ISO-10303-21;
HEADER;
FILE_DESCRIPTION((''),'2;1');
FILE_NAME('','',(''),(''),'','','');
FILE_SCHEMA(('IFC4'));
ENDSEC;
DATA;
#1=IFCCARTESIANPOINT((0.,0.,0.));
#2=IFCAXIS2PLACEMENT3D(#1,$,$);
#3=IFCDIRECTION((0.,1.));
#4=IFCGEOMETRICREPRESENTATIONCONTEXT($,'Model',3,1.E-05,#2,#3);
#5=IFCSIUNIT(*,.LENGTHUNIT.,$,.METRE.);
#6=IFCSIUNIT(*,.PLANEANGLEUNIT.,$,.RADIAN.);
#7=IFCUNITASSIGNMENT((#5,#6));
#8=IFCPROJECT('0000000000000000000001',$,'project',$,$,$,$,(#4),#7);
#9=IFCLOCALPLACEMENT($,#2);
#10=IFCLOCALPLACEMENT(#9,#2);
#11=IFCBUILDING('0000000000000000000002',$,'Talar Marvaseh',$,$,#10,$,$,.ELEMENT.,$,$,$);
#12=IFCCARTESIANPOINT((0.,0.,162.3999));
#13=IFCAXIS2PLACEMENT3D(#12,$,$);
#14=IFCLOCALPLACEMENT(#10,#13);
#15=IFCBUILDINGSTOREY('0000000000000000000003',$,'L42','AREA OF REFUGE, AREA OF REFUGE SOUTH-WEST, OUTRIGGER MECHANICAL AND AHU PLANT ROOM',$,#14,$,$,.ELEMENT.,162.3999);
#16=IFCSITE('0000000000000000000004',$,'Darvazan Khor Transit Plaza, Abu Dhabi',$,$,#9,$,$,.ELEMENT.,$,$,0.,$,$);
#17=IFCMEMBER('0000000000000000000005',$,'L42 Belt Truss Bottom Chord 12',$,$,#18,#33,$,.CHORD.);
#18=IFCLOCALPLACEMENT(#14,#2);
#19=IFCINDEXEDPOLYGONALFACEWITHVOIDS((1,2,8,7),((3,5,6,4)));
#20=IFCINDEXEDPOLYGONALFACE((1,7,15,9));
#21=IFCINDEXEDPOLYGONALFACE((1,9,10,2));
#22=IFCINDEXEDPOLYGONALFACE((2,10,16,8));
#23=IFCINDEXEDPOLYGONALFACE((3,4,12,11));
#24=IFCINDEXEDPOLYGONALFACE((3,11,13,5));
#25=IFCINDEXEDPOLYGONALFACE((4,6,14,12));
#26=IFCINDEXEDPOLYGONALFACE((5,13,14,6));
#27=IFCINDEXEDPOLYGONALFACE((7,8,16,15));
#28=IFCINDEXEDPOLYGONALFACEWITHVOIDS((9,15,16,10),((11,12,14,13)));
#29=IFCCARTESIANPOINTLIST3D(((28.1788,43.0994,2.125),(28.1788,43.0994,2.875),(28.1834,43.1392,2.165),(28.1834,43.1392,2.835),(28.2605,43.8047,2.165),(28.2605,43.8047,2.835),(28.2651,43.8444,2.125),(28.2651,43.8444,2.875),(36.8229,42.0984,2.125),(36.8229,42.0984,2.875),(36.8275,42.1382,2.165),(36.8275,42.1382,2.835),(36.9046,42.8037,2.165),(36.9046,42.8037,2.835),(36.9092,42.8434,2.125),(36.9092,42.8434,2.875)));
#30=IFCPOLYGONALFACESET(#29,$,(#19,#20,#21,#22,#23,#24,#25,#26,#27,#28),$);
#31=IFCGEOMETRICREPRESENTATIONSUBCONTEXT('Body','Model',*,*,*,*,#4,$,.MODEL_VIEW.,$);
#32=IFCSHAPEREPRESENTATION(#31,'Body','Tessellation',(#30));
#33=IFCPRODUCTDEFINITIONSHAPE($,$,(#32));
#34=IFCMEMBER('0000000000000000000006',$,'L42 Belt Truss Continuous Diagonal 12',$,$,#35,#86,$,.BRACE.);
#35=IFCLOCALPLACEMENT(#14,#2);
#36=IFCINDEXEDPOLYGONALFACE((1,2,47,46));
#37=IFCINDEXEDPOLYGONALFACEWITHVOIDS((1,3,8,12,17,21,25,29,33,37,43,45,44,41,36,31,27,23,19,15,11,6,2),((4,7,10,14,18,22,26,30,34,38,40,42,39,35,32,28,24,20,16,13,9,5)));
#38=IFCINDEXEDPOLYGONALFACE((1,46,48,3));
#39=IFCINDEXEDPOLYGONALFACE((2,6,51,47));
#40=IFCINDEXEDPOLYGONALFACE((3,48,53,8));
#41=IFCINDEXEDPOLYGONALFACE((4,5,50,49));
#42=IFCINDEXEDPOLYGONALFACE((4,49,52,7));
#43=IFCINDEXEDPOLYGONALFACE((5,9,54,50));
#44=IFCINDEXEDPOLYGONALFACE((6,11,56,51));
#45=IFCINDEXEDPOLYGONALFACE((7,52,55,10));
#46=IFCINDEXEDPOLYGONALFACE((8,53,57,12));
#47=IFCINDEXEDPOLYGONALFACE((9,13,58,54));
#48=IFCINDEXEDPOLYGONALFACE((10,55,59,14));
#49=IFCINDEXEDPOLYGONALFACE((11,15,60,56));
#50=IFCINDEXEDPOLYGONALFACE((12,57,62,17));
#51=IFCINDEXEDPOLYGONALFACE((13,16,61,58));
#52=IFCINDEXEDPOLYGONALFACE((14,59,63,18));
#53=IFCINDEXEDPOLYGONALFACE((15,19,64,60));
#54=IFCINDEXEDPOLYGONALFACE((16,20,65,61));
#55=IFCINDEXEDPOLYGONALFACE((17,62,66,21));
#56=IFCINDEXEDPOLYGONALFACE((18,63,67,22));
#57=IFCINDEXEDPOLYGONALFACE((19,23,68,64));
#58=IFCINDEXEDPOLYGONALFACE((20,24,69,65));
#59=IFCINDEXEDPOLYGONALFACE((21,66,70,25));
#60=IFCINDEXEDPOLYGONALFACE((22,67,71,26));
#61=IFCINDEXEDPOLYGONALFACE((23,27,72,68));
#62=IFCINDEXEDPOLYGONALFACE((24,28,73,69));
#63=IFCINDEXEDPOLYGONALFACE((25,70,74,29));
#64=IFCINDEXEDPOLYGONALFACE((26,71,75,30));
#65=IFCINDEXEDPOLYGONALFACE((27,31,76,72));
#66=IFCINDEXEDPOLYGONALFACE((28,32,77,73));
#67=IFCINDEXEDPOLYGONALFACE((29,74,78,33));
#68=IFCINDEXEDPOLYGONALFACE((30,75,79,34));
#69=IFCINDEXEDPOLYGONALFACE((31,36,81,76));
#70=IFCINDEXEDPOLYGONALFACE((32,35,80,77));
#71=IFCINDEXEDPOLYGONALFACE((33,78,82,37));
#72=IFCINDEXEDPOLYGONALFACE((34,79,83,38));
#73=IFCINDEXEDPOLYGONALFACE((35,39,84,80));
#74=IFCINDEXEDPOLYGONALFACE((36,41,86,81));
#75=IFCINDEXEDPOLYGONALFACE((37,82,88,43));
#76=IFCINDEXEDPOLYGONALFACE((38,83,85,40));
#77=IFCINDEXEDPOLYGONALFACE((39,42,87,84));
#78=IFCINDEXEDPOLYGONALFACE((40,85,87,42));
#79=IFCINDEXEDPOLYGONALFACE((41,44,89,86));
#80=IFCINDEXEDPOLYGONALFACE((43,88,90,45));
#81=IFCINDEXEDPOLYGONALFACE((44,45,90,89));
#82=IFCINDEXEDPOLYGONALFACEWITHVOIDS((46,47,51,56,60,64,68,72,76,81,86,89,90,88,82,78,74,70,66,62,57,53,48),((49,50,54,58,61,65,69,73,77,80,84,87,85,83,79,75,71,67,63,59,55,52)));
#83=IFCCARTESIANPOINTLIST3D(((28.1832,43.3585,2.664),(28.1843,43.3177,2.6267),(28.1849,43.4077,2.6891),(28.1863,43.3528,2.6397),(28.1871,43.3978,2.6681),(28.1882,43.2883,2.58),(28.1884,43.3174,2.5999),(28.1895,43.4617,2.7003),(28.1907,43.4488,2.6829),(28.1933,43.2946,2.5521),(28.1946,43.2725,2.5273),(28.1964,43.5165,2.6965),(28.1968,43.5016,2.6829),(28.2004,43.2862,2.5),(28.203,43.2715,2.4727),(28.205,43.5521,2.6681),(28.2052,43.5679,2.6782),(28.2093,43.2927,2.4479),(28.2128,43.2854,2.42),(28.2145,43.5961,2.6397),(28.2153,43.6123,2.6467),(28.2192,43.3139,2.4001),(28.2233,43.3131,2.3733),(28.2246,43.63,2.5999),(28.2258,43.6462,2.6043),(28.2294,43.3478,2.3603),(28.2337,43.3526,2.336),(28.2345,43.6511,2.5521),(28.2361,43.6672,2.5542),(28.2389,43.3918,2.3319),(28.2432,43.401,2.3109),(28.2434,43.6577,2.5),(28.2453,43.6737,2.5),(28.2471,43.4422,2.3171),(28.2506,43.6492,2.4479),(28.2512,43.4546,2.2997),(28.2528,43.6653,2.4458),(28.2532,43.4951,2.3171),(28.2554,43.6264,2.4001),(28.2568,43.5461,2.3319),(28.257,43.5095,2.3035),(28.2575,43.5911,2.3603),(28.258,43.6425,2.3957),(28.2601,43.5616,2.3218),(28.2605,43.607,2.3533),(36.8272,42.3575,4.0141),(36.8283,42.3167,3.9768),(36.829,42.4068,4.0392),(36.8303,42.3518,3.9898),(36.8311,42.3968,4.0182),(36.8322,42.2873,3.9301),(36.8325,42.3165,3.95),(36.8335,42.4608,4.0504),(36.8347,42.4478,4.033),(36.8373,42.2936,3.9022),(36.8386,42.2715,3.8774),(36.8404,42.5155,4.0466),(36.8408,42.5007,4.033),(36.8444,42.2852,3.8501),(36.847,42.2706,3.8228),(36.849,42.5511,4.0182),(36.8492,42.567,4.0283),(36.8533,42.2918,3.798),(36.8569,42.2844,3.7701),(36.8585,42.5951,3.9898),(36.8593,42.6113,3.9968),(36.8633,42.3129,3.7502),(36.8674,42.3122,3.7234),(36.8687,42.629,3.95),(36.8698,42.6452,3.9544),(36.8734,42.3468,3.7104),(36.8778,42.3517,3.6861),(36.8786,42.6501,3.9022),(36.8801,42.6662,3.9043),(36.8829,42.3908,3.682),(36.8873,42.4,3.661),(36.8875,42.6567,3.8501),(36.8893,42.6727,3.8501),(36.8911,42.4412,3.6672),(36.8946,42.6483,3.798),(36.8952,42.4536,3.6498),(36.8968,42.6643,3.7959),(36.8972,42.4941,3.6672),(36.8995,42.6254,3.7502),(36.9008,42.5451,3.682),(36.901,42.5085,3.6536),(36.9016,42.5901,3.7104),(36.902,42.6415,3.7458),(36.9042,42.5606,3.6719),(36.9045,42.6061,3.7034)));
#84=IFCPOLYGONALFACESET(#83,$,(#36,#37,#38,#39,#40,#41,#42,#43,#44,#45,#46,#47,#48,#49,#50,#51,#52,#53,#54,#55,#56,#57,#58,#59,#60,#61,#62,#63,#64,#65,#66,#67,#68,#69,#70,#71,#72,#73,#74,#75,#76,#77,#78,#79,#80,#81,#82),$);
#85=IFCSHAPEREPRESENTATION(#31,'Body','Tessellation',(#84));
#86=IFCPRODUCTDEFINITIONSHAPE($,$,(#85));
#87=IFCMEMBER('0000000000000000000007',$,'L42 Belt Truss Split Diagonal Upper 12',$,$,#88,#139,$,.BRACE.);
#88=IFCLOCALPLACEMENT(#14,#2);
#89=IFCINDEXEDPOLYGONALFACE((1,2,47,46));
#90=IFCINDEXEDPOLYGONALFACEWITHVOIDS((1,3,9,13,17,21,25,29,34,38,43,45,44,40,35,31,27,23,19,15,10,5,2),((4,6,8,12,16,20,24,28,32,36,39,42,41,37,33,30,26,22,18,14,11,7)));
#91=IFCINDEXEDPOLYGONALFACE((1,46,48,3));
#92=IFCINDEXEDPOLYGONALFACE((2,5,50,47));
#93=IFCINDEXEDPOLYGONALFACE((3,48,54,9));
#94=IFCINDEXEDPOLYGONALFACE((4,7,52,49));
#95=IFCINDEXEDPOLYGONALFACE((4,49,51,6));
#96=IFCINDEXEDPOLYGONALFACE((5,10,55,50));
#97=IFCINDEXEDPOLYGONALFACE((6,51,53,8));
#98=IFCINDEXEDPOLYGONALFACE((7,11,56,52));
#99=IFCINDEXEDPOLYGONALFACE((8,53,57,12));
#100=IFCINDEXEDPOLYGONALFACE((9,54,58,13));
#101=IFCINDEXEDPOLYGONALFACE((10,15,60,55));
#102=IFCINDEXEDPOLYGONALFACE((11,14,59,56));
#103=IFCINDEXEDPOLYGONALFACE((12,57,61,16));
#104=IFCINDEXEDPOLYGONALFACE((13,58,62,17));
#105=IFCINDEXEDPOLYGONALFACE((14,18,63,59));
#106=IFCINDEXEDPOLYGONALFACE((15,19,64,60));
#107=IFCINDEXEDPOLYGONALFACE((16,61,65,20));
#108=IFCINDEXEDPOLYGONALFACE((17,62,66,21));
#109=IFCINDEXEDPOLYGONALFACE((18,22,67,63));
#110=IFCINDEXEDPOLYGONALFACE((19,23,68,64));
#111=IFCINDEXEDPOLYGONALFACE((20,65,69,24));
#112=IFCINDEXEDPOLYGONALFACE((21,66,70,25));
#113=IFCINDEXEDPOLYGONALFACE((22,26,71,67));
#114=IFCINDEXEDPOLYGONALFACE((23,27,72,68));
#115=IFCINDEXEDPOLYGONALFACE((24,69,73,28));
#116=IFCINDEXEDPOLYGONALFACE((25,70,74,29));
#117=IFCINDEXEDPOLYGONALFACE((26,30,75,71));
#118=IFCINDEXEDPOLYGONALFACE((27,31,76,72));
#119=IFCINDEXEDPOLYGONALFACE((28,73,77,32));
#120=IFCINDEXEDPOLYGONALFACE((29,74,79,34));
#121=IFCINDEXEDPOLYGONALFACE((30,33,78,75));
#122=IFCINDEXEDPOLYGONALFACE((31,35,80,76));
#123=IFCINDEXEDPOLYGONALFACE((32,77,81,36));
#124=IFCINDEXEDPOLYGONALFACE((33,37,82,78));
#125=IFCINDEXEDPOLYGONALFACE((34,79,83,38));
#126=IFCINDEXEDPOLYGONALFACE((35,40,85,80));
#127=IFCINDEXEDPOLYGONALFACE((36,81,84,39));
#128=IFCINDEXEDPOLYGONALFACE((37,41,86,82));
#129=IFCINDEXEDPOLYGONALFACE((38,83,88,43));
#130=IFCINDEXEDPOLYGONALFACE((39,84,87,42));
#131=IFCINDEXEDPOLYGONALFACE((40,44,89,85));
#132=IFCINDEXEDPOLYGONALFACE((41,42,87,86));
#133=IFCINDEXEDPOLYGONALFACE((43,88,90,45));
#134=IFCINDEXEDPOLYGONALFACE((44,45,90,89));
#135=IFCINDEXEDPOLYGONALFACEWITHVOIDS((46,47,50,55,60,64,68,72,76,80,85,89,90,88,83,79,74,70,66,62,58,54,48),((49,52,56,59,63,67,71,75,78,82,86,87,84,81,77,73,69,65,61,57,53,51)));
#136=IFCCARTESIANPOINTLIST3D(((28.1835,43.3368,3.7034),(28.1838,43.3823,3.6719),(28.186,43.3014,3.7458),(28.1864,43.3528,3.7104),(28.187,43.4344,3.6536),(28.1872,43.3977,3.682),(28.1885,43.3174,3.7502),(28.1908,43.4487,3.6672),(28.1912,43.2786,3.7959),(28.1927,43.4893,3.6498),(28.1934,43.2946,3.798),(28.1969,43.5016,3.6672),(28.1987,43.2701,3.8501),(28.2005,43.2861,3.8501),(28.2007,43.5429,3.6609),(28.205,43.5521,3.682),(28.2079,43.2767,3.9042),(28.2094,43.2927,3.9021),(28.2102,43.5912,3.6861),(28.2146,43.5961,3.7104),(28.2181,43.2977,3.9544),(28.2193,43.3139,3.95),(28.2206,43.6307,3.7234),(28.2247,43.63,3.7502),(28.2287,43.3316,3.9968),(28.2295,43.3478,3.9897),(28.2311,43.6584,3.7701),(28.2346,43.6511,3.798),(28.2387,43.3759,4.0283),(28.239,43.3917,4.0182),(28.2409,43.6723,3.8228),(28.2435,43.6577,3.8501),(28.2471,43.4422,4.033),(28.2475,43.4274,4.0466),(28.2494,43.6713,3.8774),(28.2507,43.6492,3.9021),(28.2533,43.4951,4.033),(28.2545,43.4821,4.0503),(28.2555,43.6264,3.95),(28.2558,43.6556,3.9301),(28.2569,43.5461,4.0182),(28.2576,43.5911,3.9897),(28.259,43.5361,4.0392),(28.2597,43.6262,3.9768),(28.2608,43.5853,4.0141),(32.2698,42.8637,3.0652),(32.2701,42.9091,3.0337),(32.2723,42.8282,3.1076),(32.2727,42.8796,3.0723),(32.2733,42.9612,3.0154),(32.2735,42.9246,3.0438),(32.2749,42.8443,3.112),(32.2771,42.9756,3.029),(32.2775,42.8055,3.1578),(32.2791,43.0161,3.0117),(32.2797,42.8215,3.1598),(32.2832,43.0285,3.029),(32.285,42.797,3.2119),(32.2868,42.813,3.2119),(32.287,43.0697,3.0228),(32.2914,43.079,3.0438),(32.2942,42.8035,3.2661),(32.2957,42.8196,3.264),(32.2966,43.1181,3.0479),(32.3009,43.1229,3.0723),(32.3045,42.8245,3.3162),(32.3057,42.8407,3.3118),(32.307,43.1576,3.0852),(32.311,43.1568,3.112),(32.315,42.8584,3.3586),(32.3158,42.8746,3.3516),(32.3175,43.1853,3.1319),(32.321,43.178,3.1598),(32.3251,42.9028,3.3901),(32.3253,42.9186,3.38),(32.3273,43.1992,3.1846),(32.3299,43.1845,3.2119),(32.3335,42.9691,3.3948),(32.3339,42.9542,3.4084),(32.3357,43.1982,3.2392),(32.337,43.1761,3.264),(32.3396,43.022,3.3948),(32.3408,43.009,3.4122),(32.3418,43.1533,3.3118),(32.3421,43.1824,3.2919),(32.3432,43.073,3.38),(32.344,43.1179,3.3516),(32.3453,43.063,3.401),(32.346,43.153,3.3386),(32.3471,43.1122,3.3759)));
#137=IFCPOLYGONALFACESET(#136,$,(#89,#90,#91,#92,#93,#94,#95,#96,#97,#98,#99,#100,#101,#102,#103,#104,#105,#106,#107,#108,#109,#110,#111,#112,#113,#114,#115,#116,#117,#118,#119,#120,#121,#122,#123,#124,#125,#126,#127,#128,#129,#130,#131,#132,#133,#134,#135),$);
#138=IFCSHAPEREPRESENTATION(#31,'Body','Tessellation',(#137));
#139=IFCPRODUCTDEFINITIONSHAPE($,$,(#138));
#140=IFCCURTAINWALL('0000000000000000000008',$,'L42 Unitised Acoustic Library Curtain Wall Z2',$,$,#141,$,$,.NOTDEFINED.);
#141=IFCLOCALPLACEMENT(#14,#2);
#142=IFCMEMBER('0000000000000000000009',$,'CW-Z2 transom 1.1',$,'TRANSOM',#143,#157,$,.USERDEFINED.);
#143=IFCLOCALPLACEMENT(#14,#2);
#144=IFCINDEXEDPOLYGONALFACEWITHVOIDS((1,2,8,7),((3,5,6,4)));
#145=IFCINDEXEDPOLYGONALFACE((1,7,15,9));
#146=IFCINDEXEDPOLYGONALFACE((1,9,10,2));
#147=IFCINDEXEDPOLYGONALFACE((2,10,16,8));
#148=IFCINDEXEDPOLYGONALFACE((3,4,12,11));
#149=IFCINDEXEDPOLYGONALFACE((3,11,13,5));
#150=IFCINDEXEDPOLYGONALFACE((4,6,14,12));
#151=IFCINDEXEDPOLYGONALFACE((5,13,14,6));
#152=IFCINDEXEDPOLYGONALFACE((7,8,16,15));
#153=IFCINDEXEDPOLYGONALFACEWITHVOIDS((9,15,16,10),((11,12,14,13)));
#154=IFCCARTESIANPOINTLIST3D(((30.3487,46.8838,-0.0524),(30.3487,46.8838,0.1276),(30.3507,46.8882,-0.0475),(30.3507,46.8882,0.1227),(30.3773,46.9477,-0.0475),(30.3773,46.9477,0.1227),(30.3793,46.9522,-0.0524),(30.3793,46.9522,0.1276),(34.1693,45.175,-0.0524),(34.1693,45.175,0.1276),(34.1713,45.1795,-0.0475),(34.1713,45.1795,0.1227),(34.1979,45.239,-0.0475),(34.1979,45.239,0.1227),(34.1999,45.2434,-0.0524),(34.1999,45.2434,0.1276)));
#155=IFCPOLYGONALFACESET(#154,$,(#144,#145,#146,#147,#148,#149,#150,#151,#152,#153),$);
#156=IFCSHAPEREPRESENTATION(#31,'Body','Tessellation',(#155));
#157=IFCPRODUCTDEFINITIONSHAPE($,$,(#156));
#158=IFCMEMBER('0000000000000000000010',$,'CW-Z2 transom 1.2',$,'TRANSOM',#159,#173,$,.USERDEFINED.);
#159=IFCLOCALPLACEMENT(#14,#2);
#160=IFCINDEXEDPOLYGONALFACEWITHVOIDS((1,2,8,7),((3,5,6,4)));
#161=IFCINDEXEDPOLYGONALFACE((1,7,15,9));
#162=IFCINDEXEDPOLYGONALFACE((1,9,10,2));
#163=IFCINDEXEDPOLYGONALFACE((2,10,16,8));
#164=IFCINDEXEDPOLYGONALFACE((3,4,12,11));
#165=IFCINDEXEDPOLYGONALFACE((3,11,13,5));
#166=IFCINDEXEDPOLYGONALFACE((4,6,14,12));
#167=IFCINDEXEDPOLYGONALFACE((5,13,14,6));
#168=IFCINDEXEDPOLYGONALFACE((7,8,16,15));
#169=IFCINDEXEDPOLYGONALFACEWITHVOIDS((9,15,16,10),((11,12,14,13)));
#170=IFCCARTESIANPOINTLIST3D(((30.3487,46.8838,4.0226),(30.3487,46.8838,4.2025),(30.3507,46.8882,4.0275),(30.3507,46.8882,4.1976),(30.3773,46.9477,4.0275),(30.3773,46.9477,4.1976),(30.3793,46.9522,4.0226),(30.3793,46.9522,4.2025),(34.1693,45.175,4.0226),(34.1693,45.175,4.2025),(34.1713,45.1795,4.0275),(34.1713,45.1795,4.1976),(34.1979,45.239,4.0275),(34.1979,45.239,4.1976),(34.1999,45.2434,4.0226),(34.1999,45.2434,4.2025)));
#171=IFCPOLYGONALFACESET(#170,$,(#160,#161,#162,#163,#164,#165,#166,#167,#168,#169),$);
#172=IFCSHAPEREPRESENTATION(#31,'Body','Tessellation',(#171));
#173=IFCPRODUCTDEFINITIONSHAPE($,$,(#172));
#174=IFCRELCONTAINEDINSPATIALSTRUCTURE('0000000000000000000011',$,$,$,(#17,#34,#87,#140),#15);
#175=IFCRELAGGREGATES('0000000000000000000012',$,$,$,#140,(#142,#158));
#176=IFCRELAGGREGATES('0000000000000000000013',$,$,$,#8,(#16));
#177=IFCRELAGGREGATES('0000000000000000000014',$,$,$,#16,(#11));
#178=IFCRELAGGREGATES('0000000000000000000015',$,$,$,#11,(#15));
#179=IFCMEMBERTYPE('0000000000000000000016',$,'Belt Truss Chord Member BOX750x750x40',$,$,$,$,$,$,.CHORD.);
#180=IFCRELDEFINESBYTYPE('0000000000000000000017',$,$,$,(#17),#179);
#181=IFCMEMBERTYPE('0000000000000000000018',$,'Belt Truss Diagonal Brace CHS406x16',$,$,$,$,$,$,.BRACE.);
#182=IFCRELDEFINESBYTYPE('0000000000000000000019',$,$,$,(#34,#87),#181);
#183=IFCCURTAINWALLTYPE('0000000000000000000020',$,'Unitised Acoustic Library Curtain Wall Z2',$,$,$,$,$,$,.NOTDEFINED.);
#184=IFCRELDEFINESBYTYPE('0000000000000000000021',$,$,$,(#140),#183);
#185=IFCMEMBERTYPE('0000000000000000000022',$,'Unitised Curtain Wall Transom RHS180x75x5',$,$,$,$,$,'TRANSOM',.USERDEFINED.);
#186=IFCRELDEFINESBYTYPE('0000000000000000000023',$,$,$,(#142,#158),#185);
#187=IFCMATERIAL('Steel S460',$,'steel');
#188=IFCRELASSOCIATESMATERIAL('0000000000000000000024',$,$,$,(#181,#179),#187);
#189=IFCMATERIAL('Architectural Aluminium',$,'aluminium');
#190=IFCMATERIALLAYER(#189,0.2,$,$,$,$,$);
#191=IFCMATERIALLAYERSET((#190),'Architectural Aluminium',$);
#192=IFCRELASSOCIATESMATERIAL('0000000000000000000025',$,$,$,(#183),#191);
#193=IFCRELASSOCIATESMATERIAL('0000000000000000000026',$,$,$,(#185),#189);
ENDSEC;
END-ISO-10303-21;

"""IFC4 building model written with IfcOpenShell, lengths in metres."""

from ifc_helpers import new_model, si_unit, direction, frame, origin, origin_2d, place, context, subcontext, project, spatial, hollow_rectangle, hollow_circle, extrude, source, transform, mapped, material, layer, layer_set, material_profile, profile_set, type_object, type_shapes, element, aggregate, save


model = new_model("IFC4")

# Units and contexts
model_context = context("Model", 3, precision=1e-05, world=origin(), true_north=direction((0.0, 1.0)))
body_context = subcontext(model_context, "Body", "Model", "MODEL_VIEW")
ifc_project = project(units=[si_unit("LENGTHUNIT", "METRE"), si_unit("PLANEANGLEUNIT", "RADIAN")], contexts=[model_context])

# Site, building, storey
site_placement = place(None, origin())
site = spatial("IfcSite", under=ifc_project, at=site_placement, Name="Darvazan Khor Transit Plaza, Abu Dhabi", CompositionType="ELEMENT", RefElevation=0.0)
building_placement = place(site_placement, origin())
building = spatial("IfcBuilding", under=site, at=building_placement, Name="Talar Marvaseh", CompositionType="ELEMENT")
storey_placement = place(building_placement, frame((0.0, 0.0, 162.3999)))
storey = spatial("IfcBuildingStorey", under=building, at=storey_placement, Name="L42", Description="AREA OF REFUGE, AREA OF REFUGE SOUTH-WEST, OUTRIGGER MECHANICAL AND AHU PLANT ROOM", CompositionType="ELEMENT", Elevation=162.3999)

# Members
ifc_material_1 = material(Name="Steel S460", Category="steel")
ifc_material_profile_1 = material_profile(ifc_material_1, hollow_circle(Radius=0.2031, WallThickness=0.0161, at=origin_2d()), Name="CHS406x16")
ifc_profile_set_1 = profile_set([ifc_material_profile_1], Name="Steel S460")
member_type_1 = type_object("IfcMemberType", Name="Belt Truss Diagonal Brace CHS406x16", PredefinedType="BRACE", material=ifc_profile_set_1)
ifc_material_profile_2 = material_profile(ifc_material_1, hollow_rectangle(XDim=0.75, YDim=0.75, WallThickness=0.04, at=origin_2d()), Name="BOX750x750x40")
ifc_profile_set_2 = profile_set([ifc_material_profile_2], Name="Steel S460")
member_type_2 = type_object("IfcMemberType", Name="Belt Truss Chord Member BOX750x750x40", PredefinedType="CHORD", material=ifc_profile_set_2)
shared_shape_1 = source(origin(), body_context, "Body", "SweptSolid", [
    extrude(hollow_rectangle(XDim=0.75, YDim=0.75, WallThickness=0.04, at=origin_2d()), origin(), (0.0, 0.0, 1.0), 8.7019),
])
type_shapes(member_type_2, [shared_shape_1])
member_1_placement = place(storey_placement, frame((28.2219, 43.4719, 2.5), z_axis=(0.993362, -0.115031, 0.0), x_axis=(0.115031, 0.993362, 0.0)))
element("IfcMember", 1, at=member_1_placement, inside=storey, type_object=member_type_2, Name="L42 Belt Truss Bottom Chord 12", PredefinedType="CHORD", context=body_context, shape_type="MappedRepresentation", body=[
    mapped(shared_shape_1, transform((0.0, 0.0, 0.0), x_axis=(1.0, 0.0, 0.0), y_axis=(0.0, 1.0, 0.0), z_axis=(0.0, 0.0, 1.0), scale=1.0)),
])
shared_shape_2 = source(origin(), body_context, "Body", "SweptSolid", [
    extrude(hollow_circle(Radius=0.2031, WallThickness=0.0161, at=origin_2d()), origin(), (0.0, 0.0, 1.0), 8.8059),
])
member_2_placement = place(storey_placement, frame((28.2219, 43.4719, 2.5), z_axis=(0.981617, -0.113671, 0.153317), x_axis=(0.115031, 0.993362, 0.0)))
element("IfcMember", 2, at=member_2_placement, inside=storey, type_object=member_type_1, Name="L42 Belt Truss Continuous Diagonal 12", PredefinedType="BRACE", context=body_context, shape_type="MappedRepresentation", body=[
    mapped(shared_shape_2, transform((0.0, 0.0, 0.0), x_axis=(1.0, 0.0, 0.0), y_axis=(0.0, 1.0, 0.0), z_axis=(0.0, 0.0, 1.0), scale=1.0)),
])
shared_shape_3 = source(origin(), body_context, "Body", "SweptSolid", [
    extrude(hollow_circle(Radius=0.2031, WallThickness=0.0161, at=origin_2d()), origin(), (0.0, 0.0, 1.0), 4.1628),
])
member_3_placement = place(storey_placement, frame((32.3083, 42.9988, 3.2119), z_axis=(-0.981622, 0.113657, 0.153301), x_axis=(-0.115016, -0.993364, 0.0)))
element("IfcMember", 3, at=member_3_placement, inside=storey, type_object=member_type_1, Name="L42 Belt Truss Split Diagonal Upper 12", PredefinedType="BRACE", context=body_context, shape_type="MappedRepresentation", body=[
    mapped(shared_shape_3, transform((0.0, 0.0, 0.0), x_axis=(1.0, 0.0, 0.0), y_axis=(0.0, 1.0, 0.0), z_axis=(0.0, 0.0, 1.0), scale=1.0)),
])

# Curtain wall, members
ifc_material_2 = material(Name="Architectural Aluminium", Category="aluminium")
ifc_layer_1 = layer(ifc_material_2, 0.2)
ifc_layer_set_1 = layer_set([ifc_layer_1], Name="Architectural Aluminium")
curtain_wall_type = type_object("IfcCurtainWallType", Name="Unitised Acoustic Library Curtain Wall Z2", PredefinedType="NOTDEFINED", material=ifc_layer_set_1)
curtain_wall_placement = place(storey_placement, origin())
curtain_wall = element("IfcCurtainWall", 4, at=curtain_wall_placement, inside=storey, type_object=curtain_wall_type, Name="L42 Unitised Acoustic Library Curtain Wall Z2", PredefinedType="NOTDEFINED")
ifc_material_profile_3 = material_profile(ifc_material_2, hollow_rectangle(XDim=0.075, YDim=0.1799, WallThickness=0.0049, at=origin_2d()), Name="RHS180x75x5")
ifc_profile_set_3 = profile_set([ifc_material_profile_3], Name="Architectural Aluminium")
member_type_3 = type_object("IfcMemberType", Name="Unitised Curtain Wall Transom RHS180x75x5", ElementType="TRANSOM", PredefinedType="USERDEFINED", material=ifc_profile_set_3)
shared_shape_4 = source(origin(), body_context, "Body", "SweptSolid", [
    extrude(hollow_rectangle(XDim=0.075, YDim=0.1799, WallThickness=0.0049, at=origin_2d()), origin(), (0.0, 0.0, 1.0), 4.1853),
])
member_4_placement = place(storey_placement, frame((30.364, 46.918, 0.0376), z_axis=(0.912859, -0.408275, 0.0), x_axis=(0.408275, 0.912859, 0.0)))
member_4 = element("IfcMember", 5, at=member_4_placement, type_object=member_type_3, Name="CW-Z2 transom 1.1", ObjectType="TRANSOM", PredefinedType="USERDEFINED", context=body_context, shape_type="MappedRepresentation", body=[
    mapped(shared_shape_4, transform((0.0, 0.0, 0.0), x_axis=(1.0, 0.0, 0.0), y_axis=(0.0, 1.0, 0.0), z_axis=(0.0, 0.0, 1.0), scale=1.0)),
])
member_5_placement = place(storey_placement, frame((30.364, 46.918, 4.1125), z_axis=(0.912859, -0.408275, 0.0), x_axis=(0.408275, 0.912859, 0.0)))
member_5 = element("IfcMember", 6, at=member_5_placement, type_object=member_type_3, Name="CW-Z2 transom 1.2", ObjectType="TRANSOM", PredefinedType="USERDEFINED", context=body_context, shape_type="MappedRepresentation", body=[
    mapped(shared_shape_4, transform((0.0, 0.0, 0.0), x_axis=(1.0, 0.0, 0.0), y_axis=(0.0, 1.0, 0.0), z_axis=(0.0, 0.0, 1.0), scale=1.0)),
])

aggregate(curtain_wall, [member_4, member_5])

save(model, "model.ifc")
